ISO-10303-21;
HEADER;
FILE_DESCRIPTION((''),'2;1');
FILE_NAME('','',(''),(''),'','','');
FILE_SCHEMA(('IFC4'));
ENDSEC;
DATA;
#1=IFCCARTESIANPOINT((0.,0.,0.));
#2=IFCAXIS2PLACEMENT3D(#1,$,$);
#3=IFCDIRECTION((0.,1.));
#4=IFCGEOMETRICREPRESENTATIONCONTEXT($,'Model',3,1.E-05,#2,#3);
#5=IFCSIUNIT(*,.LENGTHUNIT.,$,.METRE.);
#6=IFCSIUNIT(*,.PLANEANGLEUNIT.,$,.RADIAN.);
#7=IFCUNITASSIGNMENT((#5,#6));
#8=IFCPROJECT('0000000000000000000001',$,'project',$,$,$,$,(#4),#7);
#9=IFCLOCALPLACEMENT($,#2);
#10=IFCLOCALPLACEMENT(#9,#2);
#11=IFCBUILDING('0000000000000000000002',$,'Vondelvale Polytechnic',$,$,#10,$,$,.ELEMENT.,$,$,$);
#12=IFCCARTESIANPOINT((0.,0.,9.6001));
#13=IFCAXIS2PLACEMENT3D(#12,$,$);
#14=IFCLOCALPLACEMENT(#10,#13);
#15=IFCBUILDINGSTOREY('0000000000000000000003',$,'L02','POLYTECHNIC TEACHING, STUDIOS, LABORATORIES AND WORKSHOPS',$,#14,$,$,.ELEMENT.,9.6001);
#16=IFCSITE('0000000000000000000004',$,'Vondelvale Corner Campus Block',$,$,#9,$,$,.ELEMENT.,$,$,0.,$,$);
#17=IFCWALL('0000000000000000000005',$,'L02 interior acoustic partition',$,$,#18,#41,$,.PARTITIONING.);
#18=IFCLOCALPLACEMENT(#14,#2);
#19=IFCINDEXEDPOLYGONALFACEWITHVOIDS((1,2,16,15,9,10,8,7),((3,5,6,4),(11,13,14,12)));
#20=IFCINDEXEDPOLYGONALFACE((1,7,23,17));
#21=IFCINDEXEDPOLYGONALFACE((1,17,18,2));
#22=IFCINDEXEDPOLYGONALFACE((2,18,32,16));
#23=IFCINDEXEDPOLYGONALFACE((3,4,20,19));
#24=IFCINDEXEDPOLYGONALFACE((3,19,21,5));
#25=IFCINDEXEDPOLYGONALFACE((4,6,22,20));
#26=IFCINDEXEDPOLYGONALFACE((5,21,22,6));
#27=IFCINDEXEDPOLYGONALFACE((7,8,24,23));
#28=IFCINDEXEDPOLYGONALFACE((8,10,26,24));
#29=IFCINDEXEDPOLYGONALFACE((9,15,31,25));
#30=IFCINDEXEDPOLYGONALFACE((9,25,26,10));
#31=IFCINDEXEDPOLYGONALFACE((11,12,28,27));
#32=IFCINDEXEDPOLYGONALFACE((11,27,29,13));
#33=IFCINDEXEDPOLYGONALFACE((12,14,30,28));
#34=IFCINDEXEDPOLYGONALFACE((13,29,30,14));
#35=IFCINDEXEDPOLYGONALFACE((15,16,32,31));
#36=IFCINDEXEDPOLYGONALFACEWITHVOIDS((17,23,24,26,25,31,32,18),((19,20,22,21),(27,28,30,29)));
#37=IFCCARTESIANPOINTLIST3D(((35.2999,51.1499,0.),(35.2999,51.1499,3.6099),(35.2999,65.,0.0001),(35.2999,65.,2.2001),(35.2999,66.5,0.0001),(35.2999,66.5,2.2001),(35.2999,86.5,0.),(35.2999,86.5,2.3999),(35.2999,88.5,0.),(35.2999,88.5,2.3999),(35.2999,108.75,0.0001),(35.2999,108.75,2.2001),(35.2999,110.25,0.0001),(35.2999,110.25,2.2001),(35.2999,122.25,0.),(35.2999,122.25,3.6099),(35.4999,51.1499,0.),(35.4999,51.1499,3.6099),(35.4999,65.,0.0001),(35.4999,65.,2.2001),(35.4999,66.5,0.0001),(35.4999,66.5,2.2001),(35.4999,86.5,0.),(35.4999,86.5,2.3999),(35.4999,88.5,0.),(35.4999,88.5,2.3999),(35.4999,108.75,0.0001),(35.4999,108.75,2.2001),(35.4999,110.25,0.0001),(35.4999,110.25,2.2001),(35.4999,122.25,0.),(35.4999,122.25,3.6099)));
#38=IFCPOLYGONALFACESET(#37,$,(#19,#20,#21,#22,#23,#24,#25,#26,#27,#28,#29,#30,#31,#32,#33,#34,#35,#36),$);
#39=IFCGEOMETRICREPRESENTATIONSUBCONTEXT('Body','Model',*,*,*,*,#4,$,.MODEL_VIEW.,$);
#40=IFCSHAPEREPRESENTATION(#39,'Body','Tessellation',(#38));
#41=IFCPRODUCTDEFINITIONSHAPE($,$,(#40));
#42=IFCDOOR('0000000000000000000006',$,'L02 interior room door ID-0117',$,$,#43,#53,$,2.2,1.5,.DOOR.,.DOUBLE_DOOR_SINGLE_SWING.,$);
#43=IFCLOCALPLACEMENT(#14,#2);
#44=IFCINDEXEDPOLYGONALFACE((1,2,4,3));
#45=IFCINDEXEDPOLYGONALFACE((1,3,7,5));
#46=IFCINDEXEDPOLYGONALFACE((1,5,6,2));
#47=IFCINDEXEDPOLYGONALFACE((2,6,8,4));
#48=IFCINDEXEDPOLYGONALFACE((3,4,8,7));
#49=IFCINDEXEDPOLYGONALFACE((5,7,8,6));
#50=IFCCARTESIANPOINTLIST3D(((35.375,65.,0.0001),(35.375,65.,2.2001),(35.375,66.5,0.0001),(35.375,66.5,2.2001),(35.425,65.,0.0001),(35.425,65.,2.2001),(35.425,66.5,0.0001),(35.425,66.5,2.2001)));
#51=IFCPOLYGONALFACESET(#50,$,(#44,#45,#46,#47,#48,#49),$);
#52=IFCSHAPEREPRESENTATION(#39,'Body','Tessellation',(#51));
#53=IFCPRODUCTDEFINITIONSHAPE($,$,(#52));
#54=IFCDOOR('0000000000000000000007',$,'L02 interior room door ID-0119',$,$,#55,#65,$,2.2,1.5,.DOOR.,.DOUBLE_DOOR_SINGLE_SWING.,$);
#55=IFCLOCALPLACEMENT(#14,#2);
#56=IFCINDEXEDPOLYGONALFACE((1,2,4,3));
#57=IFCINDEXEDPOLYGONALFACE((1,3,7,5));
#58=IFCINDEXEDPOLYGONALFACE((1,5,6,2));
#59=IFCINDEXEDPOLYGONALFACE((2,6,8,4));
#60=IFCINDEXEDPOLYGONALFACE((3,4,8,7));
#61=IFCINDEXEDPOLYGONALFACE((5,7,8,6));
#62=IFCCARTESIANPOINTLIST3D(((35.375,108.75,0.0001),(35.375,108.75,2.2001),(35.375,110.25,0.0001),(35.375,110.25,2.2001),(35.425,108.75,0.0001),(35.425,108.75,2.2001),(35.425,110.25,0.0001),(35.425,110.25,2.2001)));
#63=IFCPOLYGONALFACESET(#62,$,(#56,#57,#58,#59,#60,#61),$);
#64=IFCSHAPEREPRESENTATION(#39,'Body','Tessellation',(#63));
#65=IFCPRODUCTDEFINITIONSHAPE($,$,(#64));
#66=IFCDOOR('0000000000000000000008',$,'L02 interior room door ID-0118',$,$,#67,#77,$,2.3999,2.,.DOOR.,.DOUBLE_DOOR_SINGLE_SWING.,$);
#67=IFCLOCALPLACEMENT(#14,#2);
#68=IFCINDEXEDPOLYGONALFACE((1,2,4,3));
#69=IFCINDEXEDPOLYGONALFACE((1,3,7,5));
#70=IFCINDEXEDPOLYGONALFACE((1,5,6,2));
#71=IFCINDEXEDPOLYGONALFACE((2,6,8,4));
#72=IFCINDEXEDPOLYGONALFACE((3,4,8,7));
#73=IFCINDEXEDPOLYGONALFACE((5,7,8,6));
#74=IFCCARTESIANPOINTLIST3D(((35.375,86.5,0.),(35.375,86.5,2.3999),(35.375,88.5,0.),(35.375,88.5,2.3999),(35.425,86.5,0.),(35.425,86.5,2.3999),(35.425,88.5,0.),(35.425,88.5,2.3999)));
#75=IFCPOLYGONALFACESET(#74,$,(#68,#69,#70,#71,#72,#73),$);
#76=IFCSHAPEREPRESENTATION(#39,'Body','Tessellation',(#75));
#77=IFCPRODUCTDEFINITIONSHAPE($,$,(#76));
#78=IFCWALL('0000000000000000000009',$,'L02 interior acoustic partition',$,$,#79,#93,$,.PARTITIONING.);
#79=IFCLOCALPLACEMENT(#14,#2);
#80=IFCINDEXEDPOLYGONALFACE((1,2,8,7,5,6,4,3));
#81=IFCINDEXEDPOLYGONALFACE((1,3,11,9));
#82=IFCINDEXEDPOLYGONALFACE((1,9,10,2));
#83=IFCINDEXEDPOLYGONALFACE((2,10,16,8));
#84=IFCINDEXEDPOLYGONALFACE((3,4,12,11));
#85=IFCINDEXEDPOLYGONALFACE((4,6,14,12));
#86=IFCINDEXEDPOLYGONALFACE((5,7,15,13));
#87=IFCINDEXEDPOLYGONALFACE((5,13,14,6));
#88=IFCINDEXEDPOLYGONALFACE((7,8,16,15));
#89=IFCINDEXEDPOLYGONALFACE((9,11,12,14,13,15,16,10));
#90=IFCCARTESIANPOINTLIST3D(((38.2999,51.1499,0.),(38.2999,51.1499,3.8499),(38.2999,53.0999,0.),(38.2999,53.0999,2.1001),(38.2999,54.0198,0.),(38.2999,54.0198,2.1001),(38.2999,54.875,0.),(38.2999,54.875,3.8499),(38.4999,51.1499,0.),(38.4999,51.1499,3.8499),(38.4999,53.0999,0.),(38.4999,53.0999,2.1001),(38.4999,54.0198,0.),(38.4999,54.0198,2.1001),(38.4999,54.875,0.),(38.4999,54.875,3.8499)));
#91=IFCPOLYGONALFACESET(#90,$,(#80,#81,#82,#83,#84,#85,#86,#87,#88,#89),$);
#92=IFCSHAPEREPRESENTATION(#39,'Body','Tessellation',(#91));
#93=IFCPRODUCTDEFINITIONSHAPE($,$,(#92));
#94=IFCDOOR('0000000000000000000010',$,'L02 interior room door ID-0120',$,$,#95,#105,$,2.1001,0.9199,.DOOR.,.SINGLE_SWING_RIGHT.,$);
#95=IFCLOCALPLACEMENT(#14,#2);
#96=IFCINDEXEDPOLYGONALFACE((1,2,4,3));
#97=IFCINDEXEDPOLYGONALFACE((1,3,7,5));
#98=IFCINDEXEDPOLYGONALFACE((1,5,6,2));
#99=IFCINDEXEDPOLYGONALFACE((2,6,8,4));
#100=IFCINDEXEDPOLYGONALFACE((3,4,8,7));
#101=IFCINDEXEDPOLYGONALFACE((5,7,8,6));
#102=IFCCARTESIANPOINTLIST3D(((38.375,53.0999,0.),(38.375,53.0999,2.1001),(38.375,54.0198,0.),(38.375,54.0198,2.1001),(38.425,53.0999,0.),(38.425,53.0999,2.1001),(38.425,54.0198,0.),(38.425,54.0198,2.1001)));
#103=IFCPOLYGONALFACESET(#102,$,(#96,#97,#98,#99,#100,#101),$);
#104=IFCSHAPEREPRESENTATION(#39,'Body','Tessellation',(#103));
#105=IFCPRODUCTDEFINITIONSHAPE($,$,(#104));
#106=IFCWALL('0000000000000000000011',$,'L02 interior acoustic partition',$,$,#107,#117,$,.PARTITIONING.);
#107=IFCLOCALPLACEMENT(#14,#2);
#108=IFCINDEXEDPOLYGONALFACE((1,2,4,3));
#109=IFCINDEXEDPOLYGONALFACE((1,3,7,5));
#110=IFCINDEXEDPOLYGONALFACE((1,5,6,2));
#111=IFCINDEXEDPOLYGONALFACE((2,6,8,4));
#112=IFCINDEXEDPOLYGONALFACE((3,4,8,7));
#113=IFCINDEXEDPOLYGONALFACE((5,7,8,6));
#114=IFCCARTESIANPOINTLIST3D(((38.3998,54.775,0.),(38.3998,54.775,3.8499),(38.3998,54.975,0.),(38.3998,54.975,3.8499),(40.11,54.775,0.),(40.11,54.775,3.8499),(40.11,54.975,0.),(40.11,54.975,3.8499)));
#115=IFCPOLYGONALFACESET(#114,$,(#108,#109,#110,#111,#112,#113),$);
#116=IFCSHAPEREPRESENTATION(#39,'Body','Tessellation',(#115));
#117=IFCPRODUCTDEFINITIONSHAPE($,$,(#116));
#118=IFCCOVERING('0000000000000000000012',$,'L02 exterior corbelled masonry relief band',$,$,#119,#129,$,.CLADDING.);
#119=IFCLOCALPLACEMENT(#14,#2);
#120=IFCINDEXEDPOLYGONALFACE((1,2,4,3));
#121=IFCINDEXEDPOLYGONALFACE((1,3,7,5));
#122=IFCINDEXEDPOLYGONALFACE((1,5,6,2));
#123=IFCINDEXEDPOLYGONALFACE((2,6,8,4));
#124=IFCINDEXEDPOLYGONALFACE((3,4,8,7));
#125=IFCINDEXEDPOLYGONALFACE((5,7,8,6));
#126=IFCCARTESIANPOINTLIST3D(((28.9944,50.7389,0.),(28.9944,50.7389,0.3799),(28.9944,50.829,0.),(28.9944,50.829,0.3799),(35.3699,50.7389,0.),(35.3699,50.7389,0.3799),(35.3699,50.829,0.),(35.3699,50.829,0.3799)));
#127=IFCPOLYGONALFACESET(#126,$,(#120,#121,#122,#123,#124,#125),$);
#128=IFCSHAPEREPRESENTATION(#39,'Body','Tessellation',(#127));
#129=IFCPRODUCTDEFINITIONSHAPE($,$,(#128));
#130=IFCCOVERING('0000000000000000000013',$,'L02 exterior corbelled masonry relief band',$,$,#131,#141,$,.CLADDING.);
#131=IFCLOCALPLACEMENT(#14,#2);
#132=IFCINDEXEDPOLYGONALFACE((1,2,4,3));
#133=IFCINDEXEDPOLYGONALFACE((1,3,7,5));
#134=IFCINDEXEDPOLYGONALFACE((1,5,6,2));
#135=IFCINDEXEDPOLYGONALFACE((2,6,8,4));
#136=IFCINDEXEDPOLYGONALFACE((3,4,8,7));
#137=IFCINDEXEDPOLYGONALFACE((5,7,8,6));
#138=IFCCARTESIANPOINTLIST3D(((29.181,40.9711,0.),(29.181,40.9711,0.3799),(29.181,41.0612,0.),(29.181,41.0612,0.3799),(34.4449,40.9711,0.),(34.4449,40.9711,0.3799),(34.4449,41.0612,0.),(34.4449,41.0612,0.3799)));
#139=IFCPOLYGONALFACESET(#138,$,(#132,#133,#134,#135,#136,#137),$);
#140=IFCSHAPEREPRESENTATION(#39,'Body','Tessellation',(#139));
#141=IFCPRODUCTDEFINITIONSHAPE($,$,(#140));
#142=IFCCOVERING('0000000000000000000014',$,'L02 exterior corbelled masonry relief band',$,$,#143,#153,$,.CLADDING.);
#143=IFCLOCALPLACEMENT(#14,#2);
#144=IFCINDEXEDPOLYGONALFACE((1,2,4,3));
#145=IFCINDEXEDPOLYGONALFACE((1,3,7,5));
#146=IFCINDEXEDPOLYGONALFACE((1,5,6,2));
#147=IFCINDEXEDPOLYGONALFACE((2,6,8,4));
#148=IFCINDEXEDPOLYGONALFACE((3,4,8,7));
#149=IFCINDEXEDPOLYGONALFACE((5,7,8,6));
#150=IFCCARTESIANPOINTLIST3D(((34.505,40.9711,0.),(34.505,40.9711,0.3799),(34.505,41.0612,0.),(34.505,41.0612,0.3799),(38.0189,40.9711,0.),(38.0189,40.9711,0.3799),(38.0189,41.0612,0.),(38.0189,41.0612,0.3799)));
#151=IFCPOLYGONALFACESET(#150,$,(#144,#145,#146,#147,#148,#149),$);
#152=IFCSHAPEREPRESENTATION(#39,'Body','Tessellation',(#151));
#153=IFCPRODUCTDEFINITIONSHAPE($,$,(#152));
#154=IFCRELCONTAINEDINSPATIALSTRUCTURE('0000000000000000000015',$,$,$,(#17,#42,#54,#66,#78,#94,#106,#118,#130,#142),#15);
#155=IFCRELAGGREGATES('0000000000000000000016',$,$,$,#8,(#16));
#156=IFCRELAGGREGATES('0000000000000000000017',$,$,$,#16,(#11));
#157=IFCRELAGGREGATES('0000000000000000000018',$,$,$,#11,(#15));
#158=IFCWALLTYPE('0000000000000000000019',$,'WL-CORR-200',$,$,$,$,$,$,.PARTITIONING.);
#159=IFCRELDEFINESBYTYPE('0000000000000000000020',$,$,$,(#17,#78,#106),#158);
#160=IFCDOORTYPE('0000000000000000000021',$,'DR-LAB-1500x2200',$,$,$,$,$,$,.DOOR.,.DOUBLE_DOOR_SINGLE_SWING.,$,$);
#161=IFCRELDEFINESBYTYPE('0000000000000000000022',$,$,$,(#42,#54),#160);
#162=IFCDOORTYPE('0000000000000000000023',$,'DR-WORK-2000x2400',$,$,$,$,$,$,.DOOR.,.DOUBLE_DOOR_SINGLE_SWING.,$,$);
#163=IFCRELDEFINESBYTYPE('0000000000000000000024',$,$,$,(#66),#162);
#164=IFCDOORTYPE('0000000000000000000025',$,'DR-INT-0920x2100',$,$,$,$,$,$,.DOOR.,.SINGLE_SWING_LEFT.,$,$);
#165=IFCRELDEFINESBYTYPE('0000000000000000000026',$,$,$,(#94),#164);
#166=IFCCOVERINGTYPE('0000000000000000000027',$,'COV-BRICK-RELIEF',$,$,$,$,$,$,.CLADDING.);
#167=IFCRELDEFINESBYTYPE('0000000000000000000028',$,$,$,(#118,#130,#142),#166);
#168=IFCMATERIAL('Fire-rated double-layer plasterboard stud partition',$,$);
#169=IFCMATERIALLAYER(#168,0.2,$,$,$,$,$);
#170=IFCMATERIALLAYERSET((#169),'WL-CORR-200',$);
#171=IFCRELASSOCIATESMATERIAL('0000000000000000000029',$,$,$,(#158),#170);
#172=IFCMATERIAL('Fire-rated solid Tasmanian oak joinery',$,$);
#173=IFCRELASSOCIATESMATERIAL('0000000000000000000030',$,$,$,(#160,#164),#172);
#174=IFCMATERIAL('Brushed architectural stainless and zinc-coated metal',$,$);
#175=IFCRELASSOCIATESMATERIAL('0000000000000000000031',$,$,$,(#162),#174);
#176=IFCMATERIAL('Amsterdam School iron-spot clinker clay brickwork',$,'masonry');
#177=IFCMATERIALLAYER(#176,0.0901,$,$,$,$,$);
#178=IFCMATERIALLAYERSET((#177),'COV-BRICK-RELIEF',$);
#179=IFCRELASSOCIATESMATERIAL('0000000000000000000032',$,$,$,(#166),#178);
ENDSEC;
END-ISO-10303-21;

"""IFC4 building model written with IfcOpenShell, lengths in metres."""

from ifc_helpers import new_model, si_unit, direction, frame, frame_2d, origin, origin_2d, place, context, subcontext, project, spatial, rectangle, extrude, material, layer, layer_set, type_object, element, fill, save


model = new_model("IFC4")

# Units and contexts
model_context = context("Model", 3, precision=1e-05, world=origin(), true_north=direction((0.0, 1.0)))
body_context = subcontext(model_context, "Body", "Model", "MODEL_VIEW")
ifc_project = project(units=[si_unit("LENGTHUNIT", "METRE"), si_unit("PLANEANGLEUNIT", "RADIAN")], contexts=[model_context])

# Site, building, storey
site_placement = place(None, origin())
site = spatial("IfcSite", under=ifc_project, at=site_placement, Name="Vondelvale Corner Campus Block", CompositionType="ELEMENT", RefElevation=0.0)
building_placement = place(site_placement, origin())
building = spatial("IfcBuilding", under=site, at=building_placement, Name="Vondelvale Polytechnic", CompositionType="ELEMENT")
storey_placement = place(building_placement, frame((0.0, 0.0, 9.6001)))
storey = spatial("IfcBuildingStorey", under=building, at=storey_placement, Name="L02", Description="POLYTECHNIC TEACHING, STUDIOS, LABORATORIES AND WORKSHOPS", CompositionType="ELEMENT", Elevation=9.6001)

# Shared definitions
ifc_material_1 = material(Name="Amsterdam School iron-spot clinker clay brickwork", Category="masonry")

# Wall, openings, doors
ifc_material_2 = material(Name="Fire-rated double-layer plasterboard stud partition")
ifc_layer_1 = layer(ifc_material_2, 0.2)
ifc_layer_set_1 = layer_set([ifc_layer_1], Name="WL-CORR-200")
wall_type_1 = type_object("IfcWallType", Name="WL-CORR-200", PredefinedType="PARTITIONING", material=ifc_layer_set_1)
wall_1_placement = place(storey_placement, frame((35.3999, 51.1499, 0.0), z_axis=(0.0, 0.0, 1.0), x_axis=(0.0, 1.0, 0.0)))
wall_1 = element("IfcWall", 1, at=wall_1_placement, inside=storey, type_object=wall_type_1, Name="L02 interior acoustic partition", PredefinedType="PARTITIONING", context=body_context, shape_type="SweptSolid", body=[
    extrude(rectangle(XDim=71.1001, YDim=0.2, at=frame_2d((35.55, 0.0))), origin(), (0.0, 0.0, 1.0), 3.6099),
])
opening_1_placement = place(wall_1_placement, frame((13.8501, 0.0, 0.0)))
opening_1 = element("IfcOpeningElement", 2, at=opening_1_placement, cuts=wall_1, PredefinedType="OPENING", context=body_context, shape_type="SweptSolid", body=[
    extrude(rectangle(XDim=1.5, YDim=2.2, at=frame_2d((0.75, 1.1001))), frame((0.0, 0.1099, 0.0), z_axis=(0.0, -1.0, 0.0), x_axis=(1.0, 0.0, 0.0)), (0.0, 0.0, 1.0), 0.22),
])
opening_2_placement = place(wall_1_placement, frame((35.3501, 0.0, 0.0)))
opening_2 = element("IfcOpeningElement", 3, at=opening_2_placement, cuts=wall_1, PredefinedType="OPENING", context=body_context, shape_type="SweptSolid", body=[
    extrude(rectangle(XDim=2.0, YDim=2.3999, at=frame_2d((1.0, 1.2))), frame((0.0, 0.1099, 0.0), z_axis=(0.0, -1.0, 0.0), x_axis=(1.0, 0.0, 0.0)), (0.0, 0.0, 1.0), 0.22),
])
opening_3_placement = place(wall_1_placement, frame((57.6001, 0.0, 0.0)))
opening_3 = element("IfcOpeningElement", 4, at=opening_3_placement, cuts=wall_1, PredefinedType="OPENING", context=body_context, shape_type="SweptSolid", body=[
    extrude(rectangle(XDim=1.5, YDim=2.2, at=frame_2d((0.75, 1.1001))), frame((0.0, 0.1099, 0.0), z_axis=(0.0, -1.0, 0.0), x_axis=(1.0, 0.0, 0.0)), (0.0, 0.0, 1.0), 0.22),
])
ifc_material_3 = material(Name="Fire-rated solid Tasmanian oak joinery")
door_type_1 = type_object("IfcDoorType", Name="DR-LAB-1500x2200", OperationType="DOUBLE_DOOR_SINGLE_SWING", PredefinedType="DOOR", material=ifc_material_3)
door_1_placement = place(opening_1_placement, origin())
door_1 = element("IfcDoor", 5, at=door_1_placement, inside=storey, type_object=door_type_1, Name="L02 interior room door ID-0117", OperationType="DOUBLE_DOOR_SINGLE_SWING", OverallHeight=2.2, OverallWidth=1.5, PredefinedType="DOOR", context=body_context, shape_type="SweptSolid", body=[
    extrude(rectangle(XDim=1.5, YDim=2.2, at=frame_2d((0.75, 1.1001))), frame((0.0, 0.0249, 0.0), z_axis=(0.0, -1.0, 0.0), x_axis=(1.0, 0.0, 0.0)), (0.0, 0.0, 1.0), 0.05),
])
fill(opening_1, door_1)
door_2_placement = place(opening_3_placement, origin())
door_2 = element("IfcDoor", 6, at=door_2_placement, inside=storey, type_object=door_type_1, Name="L02 interior room door ID-0119", OperationType="DOUBLE_DOOR_SINGLE_SWING", OverallHeight=2.2, OverallWidth=1.5, PredefinedType="DOOR", context=body_context, shape_type="SweptSolid", body=[
    extrude(rectangle(XDim=1.5, YDim=2.2, at=frame_2d((0.75, 1.1001))), frame((0.0, 0.0249, 0.0), z_axis=(0.0, -1.0, 0.0), x_axis=(1.0, 0.0, 0.0)), (0.0, 0.0, 1.0), 0.05),
])
fill(opening_3, door_2)
ifc_material_4 = material(Name="Brushed architectural stainless and zinc-coated metal")
door_type_2 = type_object("IfcDoorType", Name="DR-WORK-2000x2400", OperationType="DOUBLE_DOOR_SINGLE_SWING", PredefinedType="DOOR", material=ifc_material_4)
door_3_placement = place(opening_2_placement, origin())
door_3 = element("IfcDoor", 7, at=door_3_placement, inside=storey, type_object=door_type_2, Name="L02 interior room door ID-0118", OperationType="DOUBLE_DOOR_SINGLE_SWING", OverallHeight=2.3999, OverallWidth=2.0, PredefinedType="DOOR", context=body_context, shape_type="SweptSolid", body=[
    extrude(rectangle(XDim=2.0, YDim=2.3999, at=frame_2d((1.0, 1.2))), frame((0.0, 0.0249, 0.0), z_axis=(0.0, -1.0, 0.0), x_axis=(1.0, 0.0, 0.0)), (0.0, 0.0, 1.0), 0.05),
])
fill(opening_2, door_3)

# Wall, opening, door
wall_2_placement = place(storey_placement, frame((38.3999, 51.1499, 0.0), z_axis=(0.0, 0.0, 1.0), x_axis=(0.0, 1.0, 0.0)))
wall_2 = element("IfcWall", 8, at=wall_2_placement, inside=storey, type_object=wall_type_1, Name="L02 interior acoustic partition", PredefinedType="PARTITIONING", context=body_context, shape_type="SweptSolid", body=[
    extrude(rectangle(XDim=3.7251, YDim=0.2, at=frame_2d((1.8625, 0.0))), origin(), (0.0, 0.0, 1.0), 3.8499),
])
opening_4_placement = place(wall_2_placement, frame((1.95, 0.0, 0.0)))
opening_4 = element("IfcOpeningElement", 9, at=opening_4_placement, cuts=wall_2, PredefinedType="OPENING", context=body_context, shape_type="SweptSolid", body=[
    extrude(rectangle(XDim=0.9199, YDim=2.1001, at=frame_2d((0.46, 1.05))), frame((0.0, 0.1099, 0.0), z_axis=(0.0, -1.0, 0.0), x_axis=(1.0, 0.0, 0.0)), (0.0, 0.0, 1.0), 0.22),
])
door_type_3 = type_object("IfcDoorType", Name="DR-INT-0920x2100", OperationType="SINGLE_SWING_LEFT", PredefinedType="DOOR", material=ifc_material_3)
door_4_placement = place(opening_4_placement, origin())
door_4 = element("IfcDoor", 10, at=door_4_placement, inside=storey, type_object=door_type_3, Name="L02 interior room door ID-0120", OperationType="SINGLE_SWING_RIGHT", OverallHeight=2.1001, OverallWidth=0.9199, PredefinedType="DOOR", context=body_context, shape_type="SweptSolid", body=[
    extrude(rectangle(XDim=0.9199, YDim=2.1001, at=frame_2d((0.46, 1.05))), frame((0.0, 0.0249, 0.0), z_axis=(0.0, -1.0, 0.0), x_axis=(1.0, 0.0, 0.0)), (0.0, 0.0, 1.0), 0.05),
])
fill(opening_4, door_4)

# Wall
wall_3_placement = place(storey_placement, frame((38.3999, 54.875, 0.0), z_axis=(0.0, 0.0, 1.0), x_axis=(1.0, 0.0, 0.0)))
element("IfcWall", 11, at=wall_3_placement, inside=storey, type_object=wall_type_1, Name="L02 interior acoustic partition", PredefinedType="PARTITIONING", context=body_context, shape_type="SweptSolid", body=[
    extrude(rectangle(XDim=1.7102, YDim=0.2, at=frame_2d((0.855, 0.0))), origin(), (0.0, 0.0, 1.0), 3.8499),
])

# Coverings
ifc_layer_2 = layer(ifc_material_1, 0.0901)
ifc_layer_set_2 = layer_set([ifc_layer_2], Name="COV-BRICK-RELIEF")
covering_type = type_object("IfcCoveringType", Name="COV-BRICK-RELIEF", PredefinedType="CLADDING", material=ifc_layer_set_2)
covering_1_placement = place(storey_placement, frame((32.1821, 50.7839, 0.0), z_axis=(0.0, 0.0, 1.0), x_axis=(-1.0, 0.0, 0.0)))
element("IfcCovering", 12, at=covering_1_placement, inside=storey, type_object=covering_type, Name="L02 exterior corbelled masonry relief band", PredefinedType="CLADDING", context=body_context, shape_type="SweptSolid", body=[
    extrude(rectangle(XDim=6.3755, YDim=0.0901, at=origin_2d()), origin(), (0.0, 0.0, 1.0), 0.3799),
])
covering_2_placement = place(storey_placement, frame((31.813, 41.0161, 0.0), z_axis=(0.0, 0.0, 1.0), x_axis=(1.0, 0.0, 0.0)))
element("IfcCovering", 13, at=covering_2_placement, inside=storey, type_object=covering_type, Name="L02 exterior corbelled masonry relief band", PredefinedType="CLADDING", context=body_context, shape_type="SweptSolid", body=[
    extrude(rectangle(XDim=5.2639, YDim=0.0901, at=origin_2d()), origin(), (0.0, 0.0, 1.0), 0.3799),
])
covering_3_placement = place(storey_placement, frame((36.262, 41.0161, 0.0), z_axis=(0.0, 0.0, 1.0), x_axis=(1.0, 0.0, 0.0)))
element("IfcCovering", 14, at=covering_3_placement, inside=storey, type_object=covering_type, Name="L02 exterior corbelled masonry relief band", PredefinedType="CLADDING", context=body_context, shape_type="SweptSolid", body=[
    extrude(rectangle(XDim=3.5139, YDim=0.0901, at=origin_2d()), origin(), (0.0, 0.0, 1.0), 0.3799),
])

save(model, "model.ifc")
